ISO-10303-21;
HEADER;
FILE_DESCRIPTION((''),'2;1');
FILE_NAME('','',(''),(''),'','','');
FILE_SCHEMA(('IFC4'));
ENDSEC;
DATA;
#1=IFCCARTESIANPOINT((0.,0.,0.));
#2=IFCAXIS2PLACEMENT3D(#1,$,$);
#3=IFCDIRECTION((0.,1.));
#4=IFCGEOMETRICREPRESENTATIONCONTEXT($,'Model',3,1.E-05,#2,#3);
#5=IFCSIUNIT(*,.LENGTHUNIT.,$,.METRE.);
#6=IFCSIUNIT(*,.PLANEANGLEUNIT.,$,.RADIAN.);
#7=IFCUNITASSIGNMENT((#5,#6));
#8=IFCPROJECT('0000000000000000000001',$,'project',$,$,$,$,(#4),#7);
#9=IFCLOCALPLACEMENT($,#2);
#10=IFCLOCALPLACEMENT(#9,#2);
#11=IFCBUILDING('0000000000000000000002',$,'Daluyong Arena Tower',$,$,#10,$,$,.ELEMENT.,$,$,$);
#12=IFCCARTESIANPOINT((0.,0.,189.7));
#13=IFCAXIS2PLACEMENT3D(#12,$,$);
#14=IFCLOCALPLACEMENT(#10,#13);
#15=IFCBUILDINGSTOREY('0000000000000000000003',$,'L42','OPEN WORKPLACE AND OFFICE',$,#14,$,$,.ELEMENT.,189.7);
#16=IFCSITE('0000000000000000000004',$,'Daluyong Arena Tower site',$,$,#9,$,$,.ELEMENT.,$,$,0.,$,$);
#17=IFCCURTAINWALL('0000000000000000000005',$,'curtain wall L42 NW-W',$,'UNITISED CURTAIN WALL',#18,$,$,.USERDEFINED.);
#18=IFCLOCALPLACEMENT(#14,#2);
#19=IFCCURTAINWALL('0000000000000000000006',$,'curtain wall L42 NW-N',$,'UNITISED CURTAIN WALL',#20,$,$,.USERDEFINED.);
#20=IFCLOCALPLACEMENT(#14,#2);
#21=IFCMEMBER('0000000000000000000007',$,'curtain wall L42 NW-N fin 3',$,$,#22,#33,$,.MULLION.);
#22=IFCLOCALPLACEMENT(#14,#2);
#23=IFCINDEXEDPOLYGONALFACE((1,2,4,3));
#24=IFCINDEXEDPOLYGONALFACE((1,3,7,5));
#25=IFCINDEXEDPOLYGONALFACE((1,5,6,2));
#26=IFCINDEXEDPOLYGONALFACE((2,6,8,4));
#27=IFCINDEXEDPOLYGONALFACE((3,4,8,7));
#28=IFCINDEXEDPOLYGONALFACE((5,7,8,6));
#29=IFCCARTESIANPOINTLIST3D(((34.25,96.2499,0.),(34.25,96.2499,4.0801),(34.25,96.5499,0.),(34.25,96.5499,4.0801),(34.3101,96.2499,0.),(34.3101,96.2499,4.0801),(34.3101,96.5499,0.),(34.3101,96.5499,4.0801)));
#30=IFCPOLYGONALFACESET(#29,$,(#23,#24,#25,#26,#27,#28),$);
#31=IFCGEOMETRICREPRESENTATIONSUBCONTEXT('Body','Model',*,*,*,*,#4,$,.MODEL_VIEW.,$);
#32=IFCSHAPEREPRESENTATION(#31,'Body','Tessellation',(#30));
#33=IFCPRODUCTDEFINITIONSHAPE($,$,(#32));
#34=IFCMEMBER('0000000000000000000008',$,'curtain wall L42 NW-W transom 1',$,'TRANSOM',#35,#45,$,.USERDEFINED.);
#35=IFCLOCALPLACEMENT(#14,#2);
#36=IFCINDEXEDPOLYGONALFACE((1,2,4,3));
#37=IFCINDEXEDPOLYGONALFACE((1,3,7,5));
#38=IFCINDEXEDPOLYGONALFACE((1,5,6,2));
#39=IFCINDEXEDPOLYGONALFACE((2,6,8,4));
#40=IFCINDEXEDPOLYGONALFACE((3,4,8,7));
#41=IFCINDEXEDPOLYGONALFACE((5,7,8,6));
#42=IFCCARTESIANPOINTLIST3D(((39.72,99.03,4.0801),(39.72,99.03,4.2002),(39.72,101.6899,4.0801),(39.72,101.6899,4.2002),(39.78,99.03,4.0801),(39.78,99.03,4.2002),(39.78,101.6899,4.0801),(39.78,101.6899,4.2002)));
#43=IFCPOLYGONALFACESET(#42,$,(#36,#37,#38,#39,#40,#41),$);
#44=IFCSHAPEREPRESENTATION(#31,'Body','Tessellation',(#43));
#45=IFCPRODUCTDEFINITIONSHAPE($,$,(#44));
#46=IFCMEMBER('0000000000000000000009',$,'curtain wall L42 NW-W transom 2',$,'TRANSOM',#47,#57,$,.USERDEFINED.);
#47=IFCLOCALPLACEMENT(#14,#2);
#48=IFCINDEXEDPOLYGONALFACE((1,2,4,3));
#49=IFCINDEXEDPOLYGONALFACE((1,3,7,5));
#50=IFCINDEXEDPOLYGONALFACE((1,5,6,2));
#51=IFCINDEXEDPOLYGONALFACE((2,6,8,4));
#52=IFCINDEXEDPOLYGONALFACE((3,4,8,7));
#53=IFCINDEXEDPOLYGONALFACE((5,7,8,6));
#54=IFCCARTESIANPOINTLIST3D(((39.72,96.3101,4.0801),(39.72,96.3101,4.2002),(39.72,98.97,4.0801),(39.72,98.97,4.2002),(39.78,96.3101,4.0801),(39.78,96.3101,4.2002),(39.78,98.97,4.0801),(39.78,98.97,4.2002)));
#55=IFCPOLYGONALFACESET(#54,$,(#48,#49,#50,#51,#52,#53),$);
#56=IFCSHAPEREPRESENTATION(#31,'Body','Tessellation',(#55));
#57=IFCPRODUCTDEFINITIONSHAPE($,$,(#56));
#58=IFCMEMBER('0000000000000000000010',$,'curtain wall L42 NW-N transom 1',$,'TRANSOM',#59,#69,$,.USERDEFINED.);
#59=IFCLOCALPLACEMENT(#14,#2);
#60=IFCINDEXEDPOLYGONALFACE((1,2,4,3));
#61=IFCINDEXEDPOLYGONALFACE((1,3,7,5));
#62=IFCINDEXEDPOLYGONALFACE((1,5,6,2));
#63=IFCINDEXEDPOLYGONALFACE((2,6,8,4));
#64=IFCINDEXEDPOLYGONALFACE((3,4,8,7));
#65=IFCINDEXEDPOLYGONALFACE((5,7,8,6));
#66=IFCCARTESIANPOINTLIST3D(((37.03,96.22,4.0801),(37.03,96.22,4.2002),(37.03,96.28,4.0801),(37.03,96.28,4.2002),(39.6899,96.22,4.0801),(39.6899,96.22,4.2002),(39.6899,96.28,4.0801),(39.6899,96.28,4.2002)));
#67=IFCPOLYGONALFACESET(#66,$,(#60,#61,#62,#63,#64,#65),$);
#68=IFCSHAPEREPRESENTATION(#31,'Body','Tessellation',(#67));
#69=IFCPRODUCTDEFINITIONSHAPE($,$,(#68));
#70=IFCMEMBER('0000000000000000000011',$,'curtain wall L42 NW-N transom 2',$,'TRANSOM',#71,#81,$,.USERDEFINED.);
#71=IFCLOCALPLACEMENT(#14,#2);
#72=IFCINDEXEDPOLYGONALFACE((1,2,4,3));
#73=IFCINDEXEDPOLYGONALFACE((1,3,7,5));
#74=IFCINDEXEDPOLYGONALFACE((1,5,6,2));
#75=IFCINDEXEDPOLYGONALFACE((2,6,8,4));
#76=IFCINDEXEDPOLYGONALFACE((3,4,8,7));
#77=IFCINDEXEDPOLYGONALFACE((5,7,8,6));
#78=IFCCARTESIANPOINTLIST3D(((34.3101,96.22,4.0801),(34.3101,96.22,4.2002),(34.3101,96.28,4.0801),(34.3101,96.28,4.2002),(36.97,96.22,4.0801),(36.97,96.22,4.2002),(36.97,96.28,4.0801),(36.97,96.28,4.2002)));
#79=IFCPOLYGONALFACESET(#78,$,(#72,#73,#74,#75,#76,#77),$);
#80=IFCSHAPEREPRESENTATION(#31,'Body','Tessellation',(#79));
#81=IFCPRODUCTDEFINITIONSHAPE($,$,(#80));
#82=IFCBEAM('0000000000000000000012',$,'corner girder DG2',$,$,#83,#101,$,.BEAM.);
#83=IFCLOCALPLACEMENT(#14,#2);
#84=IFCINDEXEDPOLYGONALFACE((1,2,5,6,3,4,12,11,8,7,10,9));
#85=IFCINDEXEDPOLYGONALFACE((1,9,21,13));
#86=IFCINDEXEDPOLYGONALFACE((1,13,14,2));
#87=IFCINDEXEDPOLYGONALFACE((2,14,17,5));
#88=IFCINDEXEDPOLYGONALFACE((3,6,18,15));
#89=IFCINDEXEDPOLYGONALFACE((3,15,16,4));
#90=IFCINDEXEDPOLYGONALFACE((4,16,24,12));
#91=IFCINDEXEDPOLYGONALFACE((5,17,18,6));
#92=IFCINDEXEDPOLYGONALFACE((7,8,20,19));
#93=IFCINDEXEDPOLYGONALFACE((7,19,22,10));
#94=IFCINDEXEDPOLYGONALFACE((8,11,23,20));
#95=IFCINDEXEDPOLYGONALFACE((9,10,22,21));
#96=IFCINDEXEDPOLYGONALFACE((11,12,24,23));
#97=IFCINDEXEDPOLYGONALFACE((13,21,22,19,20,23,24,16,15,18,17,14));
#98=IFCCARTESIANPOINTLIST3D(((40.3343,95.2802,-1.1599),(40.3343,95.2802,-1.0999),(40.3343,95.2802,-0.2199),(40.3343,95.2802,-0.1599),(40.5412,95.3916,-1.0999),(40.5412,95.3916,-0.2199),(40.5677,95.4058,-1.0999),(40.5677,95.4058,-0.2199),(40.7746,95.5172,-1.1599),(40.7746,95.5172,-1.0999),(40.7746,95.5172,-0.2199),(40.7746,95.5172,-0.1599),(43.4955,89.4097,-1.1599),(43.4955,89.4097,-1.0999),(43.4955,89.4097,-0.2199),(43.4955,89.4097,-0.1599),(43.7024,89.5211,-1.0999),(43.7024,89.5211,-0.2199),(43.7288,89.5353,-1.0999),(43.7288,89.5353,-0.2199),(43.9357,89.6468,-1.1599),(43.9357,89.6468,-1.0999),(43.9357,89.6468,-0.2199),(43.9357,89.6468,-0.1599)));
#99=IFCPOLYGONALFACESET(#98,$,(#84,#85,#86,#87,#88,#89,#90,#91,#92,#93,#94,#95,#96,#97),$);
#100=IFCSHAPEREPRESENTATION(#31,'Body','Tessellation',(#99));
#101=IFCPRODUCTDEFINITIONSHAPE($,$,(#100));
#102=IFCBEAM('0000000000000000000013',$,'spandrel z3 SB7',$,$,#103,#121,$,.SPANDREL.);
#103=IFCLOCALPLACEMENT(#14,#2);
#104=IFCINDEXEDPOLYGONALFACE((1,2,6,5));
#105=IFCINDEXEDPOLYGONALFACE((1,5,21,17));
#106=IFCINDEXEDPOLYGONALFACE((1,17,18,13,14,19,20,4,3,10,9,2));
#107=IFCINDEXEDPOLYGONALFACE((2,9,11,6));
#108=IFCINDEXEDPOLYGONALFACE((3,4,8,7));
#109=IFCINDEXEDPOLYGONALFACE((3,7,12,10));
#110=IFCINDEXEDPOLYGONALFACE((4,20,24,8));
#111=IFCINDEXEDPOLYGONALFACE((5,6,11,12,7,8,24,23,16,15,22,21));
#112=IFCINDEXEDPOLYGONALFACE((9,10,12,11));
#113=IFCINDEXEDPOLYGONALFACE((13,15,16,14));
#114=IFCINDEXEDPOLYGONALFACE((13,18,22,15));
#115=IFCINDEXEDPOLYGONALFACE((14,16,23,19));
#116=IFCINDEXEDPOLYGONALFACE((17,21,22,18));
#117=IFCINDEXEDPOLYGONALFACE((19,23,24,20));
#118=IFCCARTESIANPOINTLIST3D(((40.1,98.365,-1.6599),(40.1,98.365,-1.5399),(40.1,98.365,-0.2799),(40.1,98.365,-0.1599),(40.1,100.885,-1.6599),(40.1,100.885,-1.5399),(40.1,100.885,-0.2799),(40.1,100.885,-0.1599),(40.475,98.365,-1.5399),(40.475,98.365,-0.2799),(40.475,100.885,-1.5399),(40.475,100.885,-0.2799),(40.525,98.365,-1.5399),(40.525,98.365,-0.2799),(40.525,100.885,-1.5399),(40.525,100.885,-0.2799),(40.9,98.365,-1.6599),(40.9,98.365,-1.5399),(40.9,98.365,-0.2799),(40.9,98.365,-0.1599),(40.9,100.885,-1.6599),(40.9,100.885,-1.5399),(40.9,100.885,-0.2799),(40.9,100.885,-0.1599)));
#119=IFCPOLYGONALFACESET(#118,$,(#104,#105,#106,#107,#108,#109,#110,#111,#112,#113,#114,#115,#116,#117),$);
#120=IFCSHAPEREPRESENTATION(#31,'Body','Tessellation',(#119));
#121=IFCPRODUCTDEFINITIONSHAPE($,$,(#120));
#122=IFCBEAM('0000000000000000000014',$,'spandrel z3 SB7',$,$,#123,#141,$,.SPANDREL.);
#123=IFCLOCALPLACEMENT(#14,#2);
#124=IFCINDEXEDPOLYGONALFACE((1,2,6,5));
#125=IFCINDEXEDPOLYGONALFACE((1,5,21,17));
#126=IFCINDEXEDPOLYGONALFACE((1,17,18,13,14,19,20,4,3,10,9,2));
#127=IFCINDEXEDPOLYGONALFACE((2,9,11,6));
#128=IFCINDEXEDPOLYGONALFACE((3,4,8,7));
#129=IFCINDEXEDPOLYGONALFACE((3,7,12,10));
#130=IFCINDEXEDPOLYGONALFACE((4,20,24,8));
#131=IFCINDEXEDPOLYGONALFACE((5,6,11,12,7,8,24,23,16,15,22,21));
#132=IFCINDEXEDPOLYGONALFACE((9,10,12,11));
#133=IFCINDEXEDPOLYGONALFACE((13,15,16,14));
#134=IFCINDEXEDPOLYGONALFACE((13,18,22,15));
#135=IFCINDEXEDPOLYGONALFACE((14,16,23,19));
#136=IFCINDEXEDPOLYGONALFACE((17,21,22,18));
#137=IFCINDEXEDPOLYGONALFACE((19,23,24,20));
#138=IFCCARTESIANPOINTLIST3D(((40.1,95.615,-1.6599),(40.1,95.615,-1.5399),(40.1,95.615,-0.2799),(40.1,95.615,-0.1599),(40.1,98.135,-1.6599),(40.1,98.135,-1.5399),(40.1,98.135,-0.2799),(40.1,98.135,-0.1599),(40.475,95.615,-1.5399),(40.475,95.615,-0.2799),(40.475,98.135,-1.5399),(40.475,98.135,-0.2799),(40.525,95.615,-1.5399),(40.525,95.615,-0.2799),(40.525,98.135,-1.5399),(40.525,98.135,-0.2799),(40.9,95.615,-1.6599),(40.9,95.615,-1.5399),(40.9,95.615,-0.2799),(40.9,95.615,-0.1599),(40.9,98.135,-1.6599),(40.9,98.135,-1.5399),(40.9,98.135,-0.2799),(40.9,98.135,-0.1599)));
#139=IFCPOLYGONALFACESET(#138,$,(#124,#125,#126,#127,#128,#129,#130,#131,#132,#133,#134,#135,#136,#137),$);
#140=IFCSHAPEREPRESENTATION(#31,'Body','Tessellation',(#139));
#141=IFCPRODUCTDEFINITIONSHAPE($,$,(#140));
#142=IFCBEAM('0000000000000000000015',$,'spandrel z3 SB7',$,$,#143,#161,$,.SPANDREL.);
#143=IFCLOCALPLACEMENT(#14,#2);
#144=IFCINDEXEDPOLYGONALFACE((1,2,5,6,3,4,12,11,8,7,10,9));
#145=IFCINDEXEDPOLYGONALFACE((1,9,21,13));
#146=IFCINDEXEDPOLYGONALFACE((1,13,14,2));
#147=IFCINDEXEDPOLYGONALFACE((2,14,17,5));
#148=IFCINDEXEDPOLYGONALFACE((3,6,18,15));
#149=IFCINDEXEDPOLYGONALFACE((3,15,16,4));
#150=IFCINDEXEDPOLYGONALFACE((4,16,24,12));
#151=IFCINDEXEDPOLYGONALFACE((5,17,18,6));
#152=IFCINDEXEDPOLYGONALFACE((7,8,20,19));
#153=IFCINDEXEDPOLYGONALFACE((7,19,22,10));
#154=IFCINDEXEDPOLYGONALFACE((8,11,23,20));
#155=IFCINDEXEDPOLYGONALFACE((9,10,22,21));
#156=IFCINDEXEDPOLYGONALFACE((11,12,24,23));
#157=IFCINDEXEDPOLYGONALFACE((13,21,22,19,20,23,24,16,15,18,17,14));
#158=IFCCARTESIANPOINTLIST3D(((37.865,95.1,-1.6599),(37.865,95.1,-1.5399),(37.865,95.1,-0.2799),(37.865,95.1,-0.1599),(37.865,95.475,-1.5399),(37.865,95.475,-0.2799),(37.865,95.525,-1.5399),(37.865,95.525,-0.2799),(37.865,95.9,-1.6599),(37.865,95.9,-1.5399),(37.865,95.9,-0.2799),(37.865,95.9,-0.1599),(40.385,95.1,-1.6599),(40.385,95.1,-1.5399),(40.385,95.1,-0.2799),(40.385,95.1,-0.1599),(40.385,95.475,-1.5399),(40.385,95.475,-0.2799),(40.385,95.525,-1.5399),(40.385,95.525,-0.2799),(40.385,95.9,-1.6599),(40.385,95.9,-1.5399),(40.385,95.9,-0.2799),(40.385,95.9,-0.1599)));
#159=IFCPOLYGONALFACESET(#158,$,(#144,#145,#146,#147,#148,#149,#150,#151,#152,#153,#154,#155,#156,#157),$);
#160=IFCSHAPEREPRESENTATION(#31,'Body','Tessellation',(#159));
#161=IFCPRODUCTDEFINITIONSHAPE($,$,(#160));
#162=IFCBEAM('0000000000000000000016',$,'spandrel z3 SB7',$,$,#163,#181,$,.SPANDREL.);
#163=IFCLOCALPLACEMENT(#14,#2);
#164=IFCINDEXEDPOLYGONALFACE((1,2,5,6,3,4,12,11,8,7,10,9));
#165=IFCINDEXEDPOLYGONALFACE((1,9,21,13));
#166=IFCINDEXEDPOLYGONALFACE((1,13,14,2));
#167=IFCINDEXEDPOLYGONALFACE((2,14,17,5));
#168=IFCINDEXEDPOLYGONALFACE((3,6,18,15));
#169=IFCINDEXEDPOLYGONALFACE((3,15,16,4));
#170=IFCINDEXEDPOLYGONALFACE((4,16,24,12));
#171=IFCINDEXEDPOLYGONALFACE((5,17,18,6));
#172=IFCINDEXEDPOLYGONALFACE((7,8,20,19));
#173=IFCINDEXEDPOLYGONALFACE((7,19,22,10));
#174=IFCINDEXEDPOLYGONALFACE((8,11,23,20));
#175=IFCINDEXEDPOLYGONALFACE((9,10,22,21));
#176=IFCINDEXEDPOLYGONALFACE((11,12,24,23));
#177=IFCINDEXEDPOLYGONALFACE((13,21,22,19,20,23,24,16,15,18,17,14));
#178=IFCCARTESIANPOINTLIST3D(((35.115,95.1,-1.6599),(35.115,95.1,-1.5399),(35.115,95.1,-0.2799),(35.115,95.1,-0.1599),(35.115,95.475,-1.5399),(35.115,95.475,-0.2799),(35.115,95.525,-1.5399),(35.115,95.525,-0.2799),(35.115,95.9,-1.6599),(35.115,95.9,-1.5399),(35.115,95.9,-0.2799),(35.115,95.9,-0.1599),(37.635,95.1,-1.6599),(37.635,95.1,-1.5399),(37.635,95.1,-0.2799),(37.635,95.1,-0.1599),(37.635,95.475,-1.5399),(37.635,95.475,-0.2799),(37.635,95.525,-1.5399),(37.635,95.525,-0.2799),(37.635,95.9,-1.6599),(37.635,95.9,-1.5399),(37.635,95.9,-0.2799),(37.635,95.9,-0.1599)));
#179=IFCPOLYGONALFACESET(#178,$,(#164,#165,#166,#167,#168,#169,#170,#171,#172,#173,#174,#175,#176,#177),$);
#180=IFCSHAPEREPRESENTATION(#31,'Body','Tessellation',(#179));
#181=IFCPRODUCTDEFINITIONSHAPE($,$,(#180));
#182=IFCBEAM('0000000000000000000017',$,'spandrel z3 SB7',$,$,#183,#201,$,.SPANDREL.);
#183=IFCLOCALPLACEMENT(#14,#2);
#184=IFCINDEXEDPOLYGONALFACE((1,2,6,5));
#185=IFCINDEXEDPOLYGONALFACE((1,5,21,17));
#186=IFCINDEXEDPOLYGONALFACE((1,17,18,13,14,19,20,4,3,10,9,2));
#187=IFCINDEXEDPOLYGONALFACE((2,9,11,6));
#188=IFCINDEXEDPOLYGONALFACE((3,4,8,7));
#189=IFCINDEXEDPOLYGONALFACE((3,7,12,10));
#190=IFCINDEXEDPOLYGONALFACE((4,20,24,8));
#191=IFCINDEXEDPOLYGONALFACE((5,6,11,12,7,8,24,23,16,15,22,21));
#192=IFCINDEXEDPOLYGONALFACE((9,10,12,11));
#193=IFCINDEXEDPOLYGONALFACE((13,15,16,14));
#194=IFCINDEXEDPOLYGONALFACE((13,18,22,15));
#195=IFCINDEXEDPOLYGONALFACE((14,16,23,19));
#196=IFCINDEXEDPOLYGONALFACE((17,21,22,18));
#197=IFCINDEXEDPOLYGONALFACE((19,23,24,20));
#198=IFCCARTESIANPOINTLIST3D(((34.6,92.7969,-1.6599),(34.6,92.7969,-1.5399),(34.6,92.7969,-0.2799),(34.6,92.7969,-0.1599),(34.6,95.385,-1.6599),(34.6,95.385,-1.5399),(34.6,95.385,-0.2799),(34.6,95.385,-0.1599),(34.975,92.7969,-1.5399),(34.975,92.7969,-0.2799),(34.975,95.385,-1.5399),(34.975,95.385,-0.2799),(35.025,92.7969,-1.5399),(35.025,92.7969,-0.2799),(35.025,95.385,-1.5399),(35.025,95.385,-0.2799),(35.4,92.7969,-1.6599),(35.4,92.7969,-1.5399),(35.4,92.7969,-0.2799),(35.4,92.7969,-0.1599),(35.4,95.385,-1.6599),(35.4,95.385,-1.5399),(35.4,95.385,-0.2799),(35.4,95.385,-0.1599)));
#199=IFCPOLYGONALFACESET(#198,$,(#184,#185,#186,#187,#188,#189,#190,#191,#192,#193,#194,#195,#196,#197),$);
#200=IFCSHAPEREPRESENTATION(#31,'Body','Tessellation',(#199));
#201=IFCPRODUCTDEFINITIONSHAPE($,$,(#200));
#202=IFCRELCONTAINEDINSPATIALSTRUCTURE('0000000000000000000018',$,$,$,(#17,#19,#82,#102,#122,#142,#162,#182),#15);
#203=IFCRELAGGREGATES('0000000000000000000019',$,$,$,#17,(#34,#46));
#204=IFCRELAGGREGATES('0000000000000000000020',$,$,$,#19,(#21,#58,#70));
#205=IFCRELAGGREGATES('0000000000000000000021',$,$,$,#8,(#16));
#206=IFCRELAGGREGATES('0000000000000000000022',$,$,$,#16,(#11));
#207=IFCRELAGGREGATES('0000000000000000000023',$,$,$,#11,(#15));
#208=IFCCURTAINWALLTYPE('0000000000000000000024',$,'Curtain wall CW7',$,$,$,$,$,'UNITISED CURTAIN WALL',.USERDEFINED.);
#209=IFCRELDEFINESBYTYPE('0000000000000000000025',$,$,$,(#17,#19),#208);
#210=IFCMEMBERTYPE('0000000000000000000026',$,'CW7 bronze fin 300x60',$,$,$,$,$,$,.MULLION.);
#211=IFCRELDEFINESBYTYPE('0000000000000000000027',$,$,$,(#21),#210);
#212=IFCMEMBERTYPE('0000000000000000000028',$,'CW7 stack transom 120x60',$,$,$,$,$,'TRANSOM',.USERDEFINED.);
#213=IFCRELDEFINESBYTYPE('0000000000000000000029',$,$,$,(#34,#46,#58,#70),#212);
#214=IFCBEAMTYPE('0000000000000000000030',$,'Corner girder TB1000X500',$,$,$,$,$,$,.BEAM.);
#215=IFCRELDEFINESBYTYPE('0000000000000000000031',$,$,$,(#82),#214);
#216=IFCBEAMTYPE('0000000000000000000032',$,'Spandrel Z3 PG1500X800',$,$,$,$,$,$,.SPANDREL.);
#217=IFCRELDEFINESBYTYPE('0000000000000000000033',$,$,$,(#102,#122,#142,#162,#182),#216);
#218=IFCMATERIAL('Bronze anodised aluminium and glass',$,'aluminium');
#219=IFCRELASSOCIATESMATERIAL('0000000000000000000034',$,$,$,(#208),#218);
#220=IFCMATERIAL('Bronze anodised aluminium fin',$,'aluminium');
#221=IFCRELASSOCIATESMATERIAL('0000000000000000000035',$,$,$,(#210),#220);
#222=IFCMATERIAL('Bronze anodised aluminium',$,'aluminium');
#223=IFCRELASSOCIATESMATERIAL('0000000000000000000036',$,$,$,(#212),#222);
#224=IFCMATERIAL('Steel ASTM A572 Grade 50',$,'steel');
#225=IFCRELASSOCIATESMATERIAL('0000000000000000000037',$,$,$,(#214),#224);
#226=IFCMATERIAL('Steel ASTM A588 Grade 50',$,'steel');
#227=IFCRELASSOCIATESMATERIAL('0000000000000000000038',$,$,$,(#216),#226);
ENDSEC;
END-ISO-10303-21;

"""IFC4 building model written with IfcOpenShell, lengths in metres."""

from ifc_helpers import new_model, si_unit, direction, frame, origin, origin_2d, place, context, subcontext, project, spatial, rectangle, i_section, extrude, material, material_profile, profile_set, type_object, element, aggregate, save


model = new_model("IFC4")

# Units and contexts
model_context = context("Model", 3, precision=1e-05, world=origin(), true_north=direction((0.0, 1.0)))
body_context = subcontext(model_context, "Body", "Model", "MODEL_VIEW")
ifc_project = project(units=[si_unit("LENGTHUNIT", "METRE"), si_unit("PLANEANGLEUNIT", "RADIAN")], contexts=[model_context])

# Site, building, storey
site_placement = place(None, origin())
site = spatial("IfcSite", under=ifc_project, at=site_placement, Name="Daluyong Arena Tower site", CompositionType="ELEMENT", RefElevation=0.0)
building_placement = place(site_placement, origin())
building = spatial("IfcBuilding", under=site, at=building_placement, Name="Daluyong Arena Tower", CompositionType="ELEMENT")
storey_placement = place(building_placement, frame((0.0, 0.0, 189.7)))
storey = spatial("IfcBuildingStorey", under=building, at=storey_placement, Name="L42", Description="OPEN WORKPLACE AND OFFICE", CompositionType="ELEMENT", Elevation=189.7)

# Curtain walls, member
ifc_material_1 = material(Name="Bronze anodised aluminium and glass", Category="aluminium")
curtain_wall_type_1 = type_object("IfcCurtainWallType", Name="Curtain wall CW7", ElementType="UNITISED CURTAIN WALL", PredefinedType="USERDEFINED", material=ifc_material_1)
curtain_wall_1_placement = place(storey_placement, origin())
curtain_wall_1 = element("IfcCurtainWall", 1, at=curtain_wall_1_placement, inside=storey, type_object=curtain_wall_type_1, Name="curtain wall L42 NW-W", ObjectType="UNITISED CURTAIN WALL", PredefinedType="USERDEFINED")
ifc_material_2 = material(Name="Bronze anodised aluminium fin", Category="aluminium")
ifc_material_profile_1 = material_profile(ifc_material_2, rectangle(XDim=0.3, YDim=0.0601, at=origin_2d()))
ifc_profile_set_1 = profile_set([ifc_material_profile_1], Name="Bronze anodised aluminium fin")
member_type_1 = type_object("IfcMemberType", Name="CW7 bronze fin 300x60", PredefinedType="MULLION", material=ifc_profile_set_1)
curtain_wall_2_placement = place(storey_placement, origin())
curtain_wall_2 = element("IfcCurtainWall", 2, at=curtain_wall_2_placement, inside=storey, type_object=curtain_wall_type_1, Name="curtain wall L42 NW-N", ObjectType="UNITISED CURTAIN WALL", PredefinedType="USERDEFINED")
member_1_placement = place(storey_placement, frame((34.28, 96.3999, 0.0), z_axis=(0.0, 0.0, 1.0), x_axis=(0.0, -1.0, 0.0)))
member_1 = element("IfcMember", 3, at=member_1_placement, type_object=member_type_1, Name="curtain wall L42 NW-N fin 3", PredefinedType="MULLION", context=body_context, shape_type="SweptSolid", body=[
    extrude(rectangle(XDim=0.3, YDim=0.0601, at=origin_2d()), origin(), (0.0, 0.0, 1.0), 4.0801),
])

# Members
ifc_material_3 = material(Name="Bronze anodised aluminium", Category="aluminium")
ifc_material_profile_2 = material_profile(ifc_material_3, rectangle(XDim=0.0601, YDim=0.1201, at=origin_2d()))
ifc_profile_set_2 = profile_set([ifc_material_profile_2], Name="Bronze anodised aluminium")
member_type_2 = type_object("IfcMemberType", Name="CW7 stack transom 120x60", ElementType="TRANSOM", PredefinedType="USERDEFINED", material=ifc_profile_set_2)
member_2_placement = place(storey_placement, frame((39.75, 101.6899, 4.1401), z_axis=(0.0, -1.0, 0.0), x_axis=(1.0, 0.0, 0.0)))
member_2 = element("IfcMember", 4, at=member_2_placement, type_object=member_type_2, Name="curtain wall L42 NW-W transom 1", ObjectType="TRANSOM", PredefinedType="USERDEFINED", context=body_context, shape_type="SweptSolid", body=[
    extrude(rectangle(XDim=0.0601, YDim=0.1201, at=origin_2d()), origin(), (0.0, 0.0, 1.0), 2.6599),
])
member_3_placement = place(storey_placement, frame((39.75, 98.97, 4.1401), z_axis=(0.0, -1.0, 0.0), x_axis=(1.0, 0.0, 0.0)))
member_3 = element("IfcMember", 5, at=member_3_placement, type_object=member_type_2, Name="curtain wall L42 NW-W transom 2", ObjectType="TRANSOM", PredefinedType="USERDEFINED", context=body_context, shape_type="SweptSolid", body=[
    extrude(rectangle(XDim=0.0601, YDim=0.1201, at=origin_2d()), origin(), (0.0, 0.0, 1.0), 2.6599),
])
member_4_placement = place(storey_placement, frame((39.6899, 96.25, 4.1401), z_axis=(-1.0, 0.0, 0.0), x_axis=(0.0, -1.0, 0.0)))
member_4 = element("IfcMember", 6, at=member_4_placement, type_object=member_type_2, Name="curtain wall L42 NW-N transom 1", ObjectType="TRANSOM", PredefinedType="USERDEFINED", context=body_context, shape_type="SweptSolid", body=[
    extrude(rectangle(XDim=0.0601, YDim=0.1201, at=origin_2d()), origin(), (0.0, 0.0, 1.0), 2.6599),
])
member_5_placement = place(storey_placement, frame((36.97, 96.25, 4.1401), z_axis=(-1.0, 0.0, 0.0), x_axis=(0.0, -1.0, 0.0)))
member_5 = element("IfcMember", 7, at=member_5_placement, type_object=member_type_2, Name="curtain wall L42 NW-N transom 2", ObjectType="TRANSOM", PredefinedType="USERDEFINED", context=body_context, shape_type="SweptSolid", body=[
    extrude(rectangle(XDim=0.0601, YDim=0.1201, at=origin_2d()), origin(), (0.0, 0.0, 1.0), 2.6599),
])

# Beams
ifc_material_4 = material(Name="Steel ASTM A572 Grade 50", Category="steel")
ifc_material_profile_3 = material_profile(ifc_material_4, i_section(OverallWidth=0.5, OverallDepth=1.0, WebThickness=0.03, FlangeThickness=0.06, at=origin_2d()))
ifc_profile_set_3 = profile_set([ifc_material_profile_3], Name="Steel ASTM A572 Grade 50")
beam_type_1 = type_object("IfcBeamType", Name="Corner girder TB1000X500", PredefinedType="BEAM", material=ifc_profile_set_3)
beam_1_placement = place(storey_placement, frame((40.5544, 95.3987, -0.6599), z_axis=(0.474119, -0.880461, 0.0), x_axis=(0.880461, 0.474119, 0.0)))
element("IfcBeam", 8, at=beam_1_placement, inside=storey, type_object=beam_type_1, Name="corner girder DG2", PredefinedType="BEAM", context=body_context, shape_type="SweptSolid", body=[
    extrude(i_section(OverallWidth=0.5, OverallDepth=1.0, WebThickness=0.03, FlangeThickness=0.06, at=origin_2d()), origin(), (0.0, 0.0, 1.0), 6.6675),
])
ifc_material_5 = material(Name="Steel ASTM A588 Grade 50", Category="steel")
ifc_material_profile_4 = material_profile(ifc_material_5, i_section(OverallWidth=0.8, OverallDepth=1.5, WebThickness=0.05, FlangeThickness=0.12, at=origin_2d()))
ifc_profile_set_4 = profile_set([ifc_material_profile_4], Name="Steel ASTM A588 Grade 50")
beam_type_2 = type_object("IfcBeamType", Name="Spandrel Z3 PG1500X800", PredefinedType="SPANDREL", material=ifc_profile_set_4)
for number, where, z_axis, x_axis, name in (
    (9, (40.5, 100.885, -0.9099), (0.0, -1.0, 0.0), (1.0, 0.0, 0.0), "spandrel z3 SB7"),
    (10, (40.5, 98.135, -0.9099), (0.0, -1.0, 0.0), (1.0, 0.0, 0.0), "spandrel z3 SB7"),
    (11, (40.385, 95.5, -0.9099), (-1.0, 0.0, 0.0), (0.0, -1.0, 0.0), "spandrel z3 SB7"),
    (12, (37.635, 95.5, -0.9099), (-1.0, 0.0, 0.0), (0.0, -1.0, 0.0), "spandrel z3 SB7"),
):
    element("IfcBeam", number, at=place(storey_placement, frame(where, z_axis=z_axis, x_axis=x_axis)), inside=storey, type_object=beam_type_2, Name=name, PredefinedType="SPANDREL", context=body_context, shape_type="SweptSolid", body=[
        extrude(i_section(OverallWidth=0.8, OverallDepth=1.5, WebThickness=0.05, FlangeThickness=0.12, at=origin_2d()), origin(), (0.0, 0.0, 1.0), 2.52),
    ])
beam_2_placement = place(storey_placement, frame((35.0, 95.385, -0.9099), z_axis=(0.0, -1.0, 0.0), x_axis=(1.0, 0.0, 0.0)))
element("IfcBeam", 13, at=beam_2_placement, inside=storey, type_object=beam_type_2, Name="spandrel z3 SB7", PredefinedType="SPANDREL", context=body_context, shape_type="SweptSolid", body=[
    extrude(i_section(OverallWidth=0.8, OverallDepth=1.5, WebThickness=0.05, FlangeThickness=0.12, at=origin_2d()), origin(), (0.0, 0.0, 1.0), 2.5881),
])

aggregate(curtain_wall_1, [member_2, member_3])
aggregate(curtain_wall_2, [member_1, member_4, member_5])

save(model, "model.ifc")
